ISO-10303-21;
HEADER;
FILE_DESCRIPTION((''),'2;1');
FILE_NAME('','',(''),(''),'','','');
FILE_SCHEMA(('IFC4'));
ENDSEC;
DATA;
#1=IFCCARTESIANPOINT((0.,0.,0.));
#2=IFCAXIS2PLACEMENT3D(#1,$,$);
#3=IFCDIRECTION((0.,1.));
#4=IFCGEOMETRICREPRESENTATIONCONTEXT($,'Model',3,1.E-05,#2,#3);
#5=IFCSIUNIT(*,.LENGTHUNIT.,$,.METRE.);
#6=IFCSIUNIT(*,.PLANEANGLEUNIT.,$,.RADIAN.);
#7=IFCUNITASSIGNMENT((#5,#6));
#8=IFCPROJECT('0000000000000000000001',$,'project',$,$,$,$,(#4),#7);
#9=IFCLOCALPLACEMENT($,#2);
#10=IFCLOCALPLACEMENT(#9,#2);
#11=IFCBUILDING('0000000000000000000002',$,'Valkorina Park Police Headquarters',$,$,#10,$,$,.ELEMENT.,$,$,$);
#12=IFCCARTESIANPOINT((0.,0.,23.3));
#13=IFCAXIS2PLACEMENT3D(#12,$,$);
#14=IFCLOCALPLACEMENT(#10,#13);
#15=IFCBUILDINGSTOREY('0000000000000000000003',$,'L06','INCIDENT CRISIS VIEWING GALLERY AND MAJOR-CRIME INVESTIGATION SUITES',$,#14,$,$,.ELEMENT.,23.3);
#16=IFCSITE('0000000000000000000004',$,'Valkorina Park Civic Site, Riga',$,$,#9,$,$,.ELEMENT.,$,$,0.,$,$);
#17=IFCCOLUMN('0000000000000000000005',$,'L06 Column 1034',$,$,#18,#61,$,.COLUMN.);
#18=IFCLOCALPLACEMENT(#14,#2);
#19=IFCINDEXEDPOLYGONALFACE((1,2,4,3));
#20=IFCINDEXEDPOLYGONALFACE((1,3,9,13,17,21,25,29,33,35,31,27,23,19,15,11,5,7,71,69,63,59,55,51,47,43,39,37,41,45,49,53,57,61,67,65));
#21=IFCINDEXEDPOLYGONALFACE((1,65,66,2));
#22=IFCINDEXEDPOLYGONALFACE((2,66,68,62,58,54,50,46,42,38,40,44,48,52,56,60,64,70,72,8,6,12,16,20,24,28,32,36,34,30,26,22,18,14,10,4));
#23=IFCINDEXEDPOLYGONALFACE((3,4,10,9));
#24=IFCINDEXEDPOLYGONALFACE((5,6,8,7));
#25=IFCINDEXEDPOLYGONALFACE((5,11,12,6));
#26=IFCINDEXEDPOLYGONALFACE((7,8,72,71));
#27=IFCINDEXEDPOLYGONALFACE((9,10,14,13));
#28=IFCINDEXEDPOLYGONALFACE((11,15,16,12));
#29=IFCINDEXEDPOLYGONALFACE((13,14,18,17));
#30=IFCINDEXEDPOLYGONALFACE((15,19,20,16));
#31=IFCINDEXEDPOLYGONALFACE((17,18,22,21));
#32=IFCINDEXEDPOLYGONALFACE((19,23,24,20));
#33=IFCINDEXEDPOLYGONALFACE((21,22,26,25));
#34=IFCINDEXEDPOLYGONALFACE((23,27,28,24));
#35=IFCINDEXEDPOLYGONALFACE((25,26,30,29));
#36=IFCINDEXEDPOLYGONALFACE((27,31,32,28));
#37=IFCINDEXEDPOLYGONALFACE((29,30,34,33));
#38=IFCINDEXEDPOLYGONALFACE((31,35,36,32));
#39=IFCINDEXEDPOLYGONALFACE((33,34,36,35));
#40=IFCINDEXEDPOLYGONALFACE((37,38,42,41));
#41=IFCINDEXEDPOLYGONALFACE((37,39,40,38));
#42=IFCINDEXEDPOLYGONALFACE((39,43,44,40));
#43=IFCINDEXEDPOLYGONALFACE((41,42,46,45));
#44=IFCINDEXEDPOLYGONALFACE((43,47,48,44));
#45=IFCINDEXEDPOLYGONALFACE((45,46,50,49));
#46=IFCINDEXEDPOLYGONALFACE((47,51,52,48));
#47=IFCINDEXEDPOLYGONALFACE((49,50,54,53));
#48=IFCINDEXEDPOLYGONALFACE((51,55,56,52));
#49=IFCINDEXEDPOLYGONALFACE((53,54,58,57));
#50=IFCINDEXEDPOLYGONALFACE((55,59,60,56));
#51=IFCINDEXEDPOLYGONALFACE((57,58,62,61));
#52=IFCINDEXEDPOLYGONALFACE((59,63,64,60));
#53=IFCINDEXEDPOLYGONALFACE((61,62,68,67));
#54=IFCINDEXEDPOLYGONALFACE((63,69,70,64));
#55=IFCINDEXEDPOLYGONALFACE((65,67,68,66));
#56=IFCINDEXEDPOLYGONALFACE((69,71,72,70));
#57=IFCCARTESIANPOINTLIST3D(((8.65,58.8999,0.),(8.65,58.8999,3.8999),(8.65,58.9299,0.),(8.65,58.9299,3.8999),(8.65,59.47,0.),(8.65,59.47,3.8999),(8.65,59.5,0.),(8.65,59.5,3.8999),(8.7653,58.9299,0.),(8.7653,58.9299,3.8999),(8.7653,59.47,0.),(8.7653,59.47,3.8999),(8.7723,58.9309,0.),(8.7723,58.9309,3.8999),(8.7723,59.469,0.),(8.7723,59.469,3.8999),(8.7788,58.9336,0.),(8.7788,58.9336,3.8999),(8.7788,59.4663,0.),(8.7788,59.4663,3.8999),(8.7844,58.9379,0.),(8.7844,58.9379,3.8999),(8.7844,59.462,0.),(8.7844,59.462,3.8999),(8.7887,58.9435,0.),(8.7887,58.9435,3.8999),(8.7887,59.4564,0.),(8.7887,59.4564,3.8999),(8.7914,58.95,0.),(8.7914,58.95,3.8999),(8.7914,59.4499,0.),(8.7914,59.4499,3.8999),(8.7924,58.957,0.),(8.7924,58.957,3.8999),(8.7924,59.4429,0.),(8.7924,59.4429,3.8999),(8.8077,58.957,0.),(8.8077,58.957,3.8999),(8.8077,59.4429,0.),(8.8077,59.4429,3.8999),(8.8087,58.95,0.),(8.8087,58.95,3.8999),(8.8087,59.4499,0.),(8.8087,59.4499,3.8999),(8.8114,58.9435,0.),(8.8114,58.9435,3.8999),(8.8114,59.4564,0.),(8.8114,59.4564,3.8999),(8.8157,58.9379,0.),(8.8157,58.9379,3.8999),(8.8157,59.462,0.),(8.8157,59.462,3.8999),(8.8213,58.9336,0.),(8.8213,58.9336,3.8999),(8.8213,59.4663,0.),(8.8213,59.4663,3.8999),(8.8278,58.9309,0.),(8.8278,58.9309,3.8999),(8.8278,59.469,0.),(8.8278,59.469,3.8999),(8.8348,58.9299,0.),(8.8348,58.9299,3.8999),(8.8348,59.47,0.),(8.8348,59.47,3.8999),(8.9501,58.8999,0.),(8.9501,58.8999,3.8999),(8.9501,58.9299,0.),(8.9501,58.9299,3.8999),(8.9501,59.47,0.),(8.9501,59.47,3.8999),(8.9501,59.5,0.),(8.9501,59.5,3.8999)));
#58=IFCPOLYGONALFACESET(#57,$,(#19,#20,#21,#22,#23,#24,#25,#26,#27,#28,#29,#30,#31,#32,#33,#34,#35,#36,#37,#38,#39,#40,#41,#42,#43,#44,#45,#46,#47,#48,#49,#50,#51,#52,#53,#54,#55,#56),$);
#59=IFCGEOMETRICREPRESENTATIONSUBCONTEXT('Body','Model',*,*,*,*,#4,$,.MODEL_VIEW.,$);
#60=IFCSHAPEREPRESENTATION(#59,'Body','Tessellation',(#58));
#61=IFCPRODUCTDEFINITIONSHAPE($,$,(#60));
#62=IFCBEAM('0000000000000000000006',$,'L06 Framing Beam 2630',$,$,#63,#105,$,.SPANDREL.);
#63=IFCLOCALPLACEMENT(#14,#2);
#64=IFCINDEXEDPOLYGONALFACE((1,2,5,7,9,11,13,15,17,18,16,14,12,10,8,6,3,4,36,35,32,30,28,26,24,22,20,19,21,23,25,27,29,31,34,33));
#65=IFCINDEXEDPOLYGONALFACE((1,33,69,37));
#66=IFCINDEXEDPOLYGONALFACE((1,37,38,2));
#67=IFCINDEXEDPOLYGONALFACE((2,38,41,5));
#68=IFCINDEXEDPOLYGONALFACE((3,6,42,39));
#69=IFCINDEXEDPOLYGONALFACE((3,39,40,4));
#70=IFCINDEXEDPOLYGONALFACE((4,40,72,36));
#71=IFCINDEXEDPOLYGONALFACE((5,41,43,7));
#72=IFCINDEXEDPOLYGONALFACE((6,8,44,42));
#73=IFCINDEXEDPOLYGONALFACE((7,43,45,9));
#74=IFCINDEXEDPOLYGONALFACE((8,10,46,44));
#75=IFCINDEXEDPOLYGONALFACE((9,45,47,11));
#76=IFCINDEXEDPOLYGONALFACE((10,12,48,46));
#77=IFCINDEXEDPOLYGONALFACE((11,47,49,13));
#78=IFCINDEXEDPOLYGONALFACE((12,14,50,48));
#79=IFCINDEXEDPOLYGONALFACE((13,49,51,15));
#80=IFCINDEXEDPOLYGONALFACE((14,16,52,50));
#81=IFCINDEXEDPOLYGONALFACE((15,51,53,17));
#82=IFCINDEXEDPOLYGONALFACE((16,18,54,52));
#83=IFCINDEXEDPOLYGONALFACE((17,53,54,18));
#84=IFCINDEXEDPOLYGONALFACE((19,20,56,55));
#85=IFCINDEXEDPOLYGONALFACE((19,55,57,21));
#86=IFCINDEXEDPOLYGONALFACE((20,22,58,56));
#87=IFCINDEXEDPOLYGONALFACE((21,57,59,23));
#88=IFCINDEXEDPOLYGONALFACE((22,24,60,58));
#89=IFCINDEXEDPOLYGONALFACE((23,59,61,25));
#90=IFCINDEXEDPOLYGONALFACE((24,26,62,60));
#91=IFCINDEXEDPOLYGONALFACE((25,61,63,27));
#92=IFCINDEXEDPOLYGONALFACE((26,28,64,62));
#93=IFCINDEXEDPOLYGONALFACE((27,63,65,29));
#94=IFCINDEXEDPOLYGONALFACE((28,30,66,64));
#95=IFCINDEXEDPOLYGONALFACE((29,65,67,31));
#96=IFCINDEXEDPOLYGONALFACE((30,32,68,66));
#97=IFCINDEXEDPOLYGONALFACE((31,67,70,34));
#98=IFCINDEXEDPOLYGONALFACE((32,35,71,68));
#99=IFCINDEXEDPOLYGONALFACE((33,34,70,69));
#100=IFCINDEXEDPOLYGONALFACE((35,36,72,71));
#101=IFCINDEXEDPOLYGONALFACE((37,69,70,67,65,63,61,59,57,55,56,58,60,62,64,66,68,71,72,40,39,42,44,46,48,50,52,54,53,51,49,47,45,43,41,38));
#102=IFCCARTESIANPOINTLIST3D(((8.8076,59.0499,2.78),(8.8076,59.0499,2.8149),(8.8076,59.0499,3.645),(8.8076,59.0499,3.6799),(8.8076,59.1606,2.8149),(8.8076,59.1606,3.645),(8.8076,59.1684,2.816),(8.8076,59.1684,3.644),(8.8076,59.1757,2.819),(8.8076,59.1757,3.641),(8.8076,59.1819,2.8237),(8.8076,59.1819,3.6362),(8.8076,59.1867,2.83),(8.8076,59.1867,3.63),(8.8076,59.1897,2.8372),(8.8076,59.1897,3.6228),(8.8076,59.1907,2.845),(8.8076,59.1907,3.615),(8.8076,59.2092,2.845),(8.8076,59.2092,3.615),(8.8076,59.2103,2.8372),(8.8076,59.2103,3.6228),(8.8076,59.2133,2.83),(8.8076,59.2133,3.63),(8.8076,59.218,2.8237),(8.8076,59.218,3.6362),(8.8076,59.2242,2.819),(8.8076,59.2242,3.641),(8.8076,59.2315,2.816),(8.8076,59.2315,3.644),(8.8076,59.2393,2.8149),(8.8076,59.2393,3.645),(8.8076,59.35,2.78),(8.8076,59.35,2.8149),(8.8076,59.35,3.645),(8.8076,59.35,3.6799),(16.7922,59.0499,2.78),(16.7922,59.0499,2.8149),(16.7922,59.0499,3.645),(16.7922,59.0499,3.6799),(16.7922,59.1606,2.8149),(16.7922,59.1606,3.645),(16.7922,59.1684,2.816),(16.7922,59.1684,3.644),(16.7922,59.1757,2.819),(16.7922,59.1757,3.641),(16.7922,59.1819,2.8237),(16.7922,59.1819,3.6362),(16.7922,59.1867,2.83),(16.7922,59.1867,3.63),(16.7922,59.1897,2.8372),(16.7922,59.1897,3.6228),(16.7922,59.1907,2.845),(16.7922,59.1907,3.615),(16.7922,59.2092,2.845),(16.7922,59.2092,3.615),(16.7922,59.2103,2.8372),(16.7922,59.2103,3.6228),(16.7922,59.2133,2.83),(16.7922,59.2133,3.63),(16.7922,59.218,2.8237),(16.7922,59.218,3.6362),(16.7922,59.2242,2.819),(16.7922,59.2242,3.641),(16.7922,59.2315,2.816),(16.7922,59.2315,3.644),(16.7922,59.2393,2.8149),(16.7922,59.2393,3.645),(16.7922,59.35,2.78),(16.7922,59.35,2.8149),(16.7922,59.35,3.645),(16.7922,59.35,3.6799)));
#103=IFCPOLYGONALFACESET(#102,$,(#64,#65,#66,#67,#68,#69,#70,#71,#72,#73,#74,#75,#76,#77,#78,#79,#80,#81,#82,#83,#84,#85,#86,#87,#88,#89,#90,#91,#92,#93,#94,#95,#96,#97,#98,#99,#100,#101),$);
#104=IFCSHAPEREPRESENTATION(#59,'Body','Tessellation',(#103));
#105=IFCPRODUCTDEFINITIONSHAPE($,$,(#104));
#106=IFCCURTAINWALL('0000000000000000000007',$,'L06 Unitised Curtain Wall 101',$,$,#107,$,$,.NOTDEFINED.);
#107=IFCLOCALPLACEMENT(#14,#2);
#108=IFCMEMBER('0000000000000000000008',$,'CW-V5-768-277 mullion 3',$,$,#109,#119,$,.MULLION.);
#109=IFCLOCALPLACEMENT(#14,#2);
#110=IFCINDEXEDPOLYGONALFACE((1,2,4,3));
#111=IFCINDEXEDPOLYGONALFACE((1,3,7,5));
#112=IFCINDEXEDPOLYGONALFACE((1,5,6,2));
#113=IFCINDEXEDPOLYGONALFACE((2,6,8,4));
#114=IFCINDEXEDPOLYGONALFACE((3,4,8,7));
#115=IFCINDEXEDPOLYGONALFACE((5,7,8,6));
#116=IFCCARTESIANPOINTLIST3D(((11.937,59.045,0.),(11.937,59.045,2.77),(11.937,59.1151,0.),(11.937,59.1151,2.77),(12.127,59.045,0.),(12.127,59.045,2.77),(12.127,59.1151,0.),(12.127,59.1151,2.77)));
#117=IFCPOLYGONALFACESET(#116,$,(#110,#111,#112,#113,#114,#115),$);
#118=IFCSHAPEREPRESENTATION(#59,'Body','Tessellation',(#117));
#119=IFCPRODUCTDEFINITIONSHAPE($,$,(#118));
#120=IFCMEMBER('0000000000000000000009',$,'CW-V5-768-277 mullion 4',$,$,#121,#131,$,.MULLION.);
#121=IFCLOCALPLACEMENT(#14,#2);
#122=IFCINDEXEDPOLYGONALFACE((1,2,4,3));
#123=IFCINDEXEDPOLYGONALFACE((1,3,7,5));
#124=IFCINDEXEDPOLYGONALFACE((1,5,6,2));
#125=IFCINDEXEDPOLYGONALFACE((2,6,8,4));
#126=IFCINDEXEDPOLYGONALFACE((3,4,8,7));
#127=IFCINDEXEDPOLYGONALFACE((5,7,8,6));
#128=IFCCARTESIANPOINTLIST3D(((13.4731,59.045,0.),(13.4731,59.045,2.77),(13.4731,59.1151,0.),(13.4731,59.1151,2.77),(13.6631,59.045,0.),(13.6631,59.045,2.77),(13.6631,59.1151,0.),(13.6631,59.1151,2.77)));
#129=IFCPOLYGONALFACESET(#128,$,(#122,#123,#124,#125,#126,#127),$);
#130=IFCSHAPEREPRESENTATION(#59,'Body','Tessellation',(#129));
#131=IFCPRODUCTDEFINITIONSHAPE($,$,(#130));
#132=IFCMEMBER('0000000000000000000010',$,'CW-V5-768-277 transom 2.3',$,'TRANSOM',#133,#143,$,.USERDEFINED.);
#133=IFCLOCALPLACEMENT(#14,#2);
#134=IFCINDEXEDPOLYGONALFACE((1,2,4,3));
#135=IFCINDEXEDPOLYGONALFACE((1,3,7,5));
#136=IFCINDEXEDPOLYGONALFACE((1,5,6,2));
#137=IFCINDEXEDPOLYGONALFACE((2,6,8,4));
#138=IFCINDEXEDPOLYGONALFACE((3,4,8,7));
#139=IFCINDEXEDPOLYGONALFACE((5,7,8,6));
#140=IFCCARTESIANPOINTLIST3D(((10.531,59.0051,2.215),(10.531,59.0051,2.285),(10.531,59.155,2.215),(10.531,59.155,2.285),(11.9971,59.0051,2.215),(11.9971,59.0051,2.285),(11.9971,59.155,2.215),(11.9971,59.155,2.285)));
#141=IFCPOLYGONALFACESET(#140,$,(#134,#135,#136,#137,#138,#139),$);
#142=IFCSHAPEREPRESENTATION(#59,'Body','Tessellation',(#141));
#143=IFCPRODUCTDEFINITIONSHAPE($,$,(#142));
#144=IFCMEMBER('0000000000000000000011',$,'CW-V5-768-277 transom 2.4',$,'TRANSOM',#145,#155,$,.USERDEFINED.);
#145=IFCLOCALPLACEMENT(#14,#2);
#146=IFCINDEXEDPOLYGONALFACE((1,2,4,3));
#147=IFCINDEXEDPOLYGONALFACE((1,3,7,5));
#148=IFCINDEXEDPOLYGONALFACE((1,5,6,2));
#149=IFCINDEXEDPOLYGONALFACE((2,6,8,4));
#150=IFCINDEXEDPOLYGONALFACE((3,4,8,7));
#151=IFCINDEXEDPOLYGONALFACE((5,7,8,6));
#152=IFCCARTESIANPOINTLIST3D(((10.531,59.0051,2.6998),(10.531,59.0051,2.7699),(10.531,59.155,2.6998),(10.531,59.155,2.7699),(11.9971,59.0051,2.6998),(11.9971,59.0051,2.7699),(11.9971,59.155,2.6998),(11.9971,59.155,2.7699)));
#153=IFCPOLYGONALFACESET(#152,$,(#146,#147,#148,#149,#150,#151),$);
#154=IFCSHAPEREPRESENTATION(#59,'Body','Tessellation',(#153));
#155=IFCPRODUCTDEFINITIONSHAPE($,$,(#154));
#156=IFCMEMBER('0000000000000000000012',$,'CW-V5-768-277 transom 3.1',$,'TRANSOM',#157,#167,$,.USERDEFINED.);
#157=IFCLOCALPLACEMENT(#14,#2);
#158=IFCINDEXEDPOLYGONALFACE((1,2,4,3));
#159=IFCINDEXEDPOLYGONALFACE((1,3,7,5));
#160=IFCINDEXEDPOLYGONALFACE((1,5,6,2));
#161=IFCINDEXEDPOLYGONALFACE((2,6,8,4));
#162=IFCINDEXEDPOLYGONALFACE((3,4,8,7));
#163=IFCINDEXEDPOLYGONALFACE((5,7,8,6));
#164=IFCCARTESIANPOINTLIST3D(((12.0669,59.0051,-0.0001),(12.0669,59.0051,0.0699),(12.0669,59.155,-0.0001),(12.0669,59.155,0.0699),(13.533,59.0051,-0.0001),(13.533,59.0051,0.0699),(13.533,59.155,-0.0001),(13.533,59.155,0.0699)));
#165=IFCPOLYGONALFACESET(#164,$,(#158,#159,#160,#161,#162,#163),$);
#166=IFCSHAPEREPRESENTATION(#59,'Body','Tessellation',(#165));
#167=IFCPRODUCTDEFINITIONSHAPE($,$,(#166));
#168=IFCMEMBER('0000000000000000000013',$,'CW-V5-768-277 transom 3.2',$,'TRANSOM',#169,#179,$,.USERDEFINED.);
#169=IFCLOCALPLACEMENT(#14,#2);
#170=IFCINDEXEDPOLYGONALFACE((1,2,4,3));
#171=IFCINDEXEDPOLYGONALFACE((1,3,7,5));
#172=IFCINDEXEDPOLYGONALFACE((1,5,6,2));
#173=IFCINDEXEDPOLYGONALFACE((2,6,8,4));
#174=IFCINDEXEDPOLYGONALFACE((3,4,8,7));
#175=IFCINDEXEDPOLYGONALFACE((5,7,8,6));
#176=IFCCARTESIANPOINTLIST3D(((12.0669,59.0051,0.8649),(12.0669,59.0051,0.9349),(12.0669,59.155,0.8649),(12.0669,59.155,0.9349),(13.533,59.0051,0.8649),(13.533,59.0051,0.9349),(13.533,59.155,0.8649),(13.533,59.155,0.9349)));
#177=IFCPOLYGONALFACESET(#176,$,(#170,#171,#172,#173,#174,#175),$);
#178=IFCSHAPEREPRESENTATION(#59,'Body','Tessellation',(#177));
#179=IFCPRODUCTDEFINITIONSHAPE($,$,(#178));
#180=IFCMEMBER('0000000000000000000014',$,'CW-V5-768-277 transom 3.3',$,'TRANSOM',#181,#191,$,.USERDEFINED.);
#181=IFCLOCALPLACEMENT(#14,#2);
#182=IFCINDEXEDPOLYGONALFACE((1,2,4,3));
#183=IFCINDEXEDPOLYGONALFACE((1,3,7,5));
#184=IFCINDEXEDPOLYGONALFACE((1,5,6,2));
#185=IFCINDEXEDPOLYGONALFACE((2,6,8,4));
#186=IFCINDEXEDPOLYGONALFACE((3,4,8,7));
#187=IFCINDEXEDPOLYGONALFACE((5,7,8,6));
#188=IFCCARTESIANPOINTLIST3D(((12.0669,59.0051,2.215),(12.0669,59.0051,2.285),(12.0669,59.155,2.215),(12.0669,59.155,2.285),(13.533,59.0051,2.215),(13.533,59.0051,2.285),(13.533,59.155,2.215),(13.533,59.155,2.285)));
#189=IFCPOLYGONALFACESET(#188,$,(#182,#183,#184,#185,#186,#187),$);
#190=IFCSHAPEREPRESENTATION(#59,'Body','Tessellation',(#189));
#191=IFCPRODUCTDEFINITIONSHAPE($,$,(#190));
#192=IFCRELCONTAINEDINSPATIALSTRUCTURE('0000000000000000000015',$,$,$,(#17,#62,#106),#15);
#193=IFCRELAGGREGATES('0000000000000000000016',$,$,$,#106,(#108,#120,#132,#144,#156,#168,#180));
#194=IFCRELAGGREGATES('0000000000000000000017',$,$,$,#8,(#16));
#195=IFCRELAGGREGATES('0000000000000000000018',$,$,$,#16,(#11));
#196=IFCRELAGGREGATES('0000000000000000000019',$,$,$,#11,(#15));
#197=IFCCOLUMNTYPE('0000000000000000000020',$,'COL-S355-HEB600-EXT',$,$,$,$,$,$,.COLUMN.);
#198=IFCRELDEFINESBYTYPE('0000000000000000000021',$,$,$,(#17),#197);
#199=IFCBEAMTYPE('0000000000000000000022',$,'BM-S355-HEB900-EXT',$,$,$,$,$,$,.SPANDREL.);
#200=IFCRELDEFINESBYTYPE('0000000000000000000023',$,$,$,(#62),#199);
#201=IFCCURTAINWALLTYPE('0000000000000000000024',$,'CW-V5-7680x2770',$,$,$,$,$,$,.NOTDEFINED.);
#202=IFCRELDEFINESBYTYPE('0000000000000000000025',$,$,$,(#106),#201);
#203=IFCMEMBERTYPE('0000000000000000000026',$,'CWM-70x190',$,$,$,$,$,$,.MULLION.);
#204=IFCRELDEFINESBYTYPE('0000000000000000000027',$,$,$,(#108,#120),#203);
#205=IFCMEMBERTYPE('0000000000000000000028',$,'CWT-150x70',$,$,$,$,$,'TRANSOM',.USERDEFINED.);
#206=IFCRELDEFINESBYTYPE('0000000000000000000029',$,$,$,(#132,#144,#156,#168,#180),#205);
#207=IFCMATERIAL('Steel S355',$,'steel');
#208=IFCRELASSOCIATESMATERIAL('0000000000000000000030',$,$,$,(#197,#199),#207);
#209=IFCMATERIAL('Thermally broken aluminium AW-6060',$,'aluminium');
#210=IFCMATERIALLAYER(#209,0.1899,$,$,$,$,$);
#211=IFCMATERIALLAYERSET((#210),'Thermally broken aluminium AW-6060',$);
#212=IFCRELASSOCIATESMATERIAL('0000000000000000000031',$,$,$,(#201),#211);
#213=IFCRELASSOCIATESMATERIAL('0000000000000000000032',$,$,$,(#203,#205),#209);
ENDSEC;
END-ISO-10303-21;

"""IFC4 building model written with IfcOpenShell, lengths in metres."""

from ifc_helpers import new_model, si_unit, direction, frame, origin, origin_2d, place, context, subcontext, project, spatial, rectangle, i_section, extrude, material, layer, layer_set, material_profile, profile_set, type_object, element, aggregate, save


model = new_model("IFC4")

# Units and contexts
model_context = context("Model", 3, precision=1e-05, world=origin(), true_north=direction((0.0, 1.0)))
body_context = subcontext(model_context, "Body", "Model", "MODEL_VIEW")
ifc_project = project(units=[si_unit("LENGTHUNIT", "METRE"), si_unit("PLANEANGLEUNIT", "RADIAN")], contexts=[model_context])

# Site, building, storey
site_placement = place(None, origin())
site = spatial("IfcSite", under=ifc_project, at=site_placement, Name="Valkorina Park Civic Site, Riga", CompositionType="ELEMENT", RefElevation=0.0)
building_placement = place(site_placement, origin())
building = spatial("IfcBuilding", under=site, at=building_placement, Name="Valkorina Park Police Headquarters", CompositionType="ELEMENT")
storey_placement = place(building_placement, frame((0.0, 0.0, 23.3)))
storey = spatial("IfcBuildingStorey", under=building, at=storey_placement, Name="L06", Description="INCIDENT CRISIS VIEWING GALLERY AND MAJOR-CRIME INVESTIGATION SUITES", CompositionType="ELEMENT", Elevation=23.3)

# Column
ifc_material_1 = material(Name="Steel S355", Category="steel")
ifc_material_profile_1 = material_profile(ifc_material_1, i_section(OverallWidth=0.3, OverallDepth=0.6001, WebThickness=0.0154, FlangeThickness=0.03, FilletRadius=0.0271, at=origin_2d()), Name="HEB 600")
ifc_profile_set_1 = profile_set([ifc_material_profile_1], Name="Steel S355")
column_type = type_object("IfcColumnType", Name="COL-S355-HEB600-EXT", PredefinedType="COLUMN", material=ifc_profile_set_1)
column_placement = place(storey_placement, frame((8.8, 59.2, 0.0), z_axis=(0.0, 0.0, 1.0), x_axis=(1.0, 0.0, 0.0)))
element("IfcColumn", 1, at=column_placement, inside=storey, type_object=column_type, Name="L06 Column 1034", PredefinedType="COLUMN", context=body_context, shape_type="SweptSolid", body=[
    extrude(i_section(OverallWidth=0.3, OverallDepth=0.6001, WebThickness=0.0154, FlangeThickness=0.03, FilletRadius=0.0271, at=origin_2d()), origin(), (0.0, 0.0, 1.0), 3.8999),
])

# Beam
ifc_material_profile_2 = material_profile(ifc_material_1, i_section(OverallWidth=0.3, OverallDepth=0.8999, WebThickness=0.0186, FlangeThickness=0.0349, FilletRadius=0.03, at=origin_2d()), Name="HEB 900")
ifc_profile_set_2 = profile_set([ifc_material_profile_2], Name="Steel S355")
beam_type = type_object("IfcBeamType", Name="BM-S355-HEB900-EXT", PredefinedType="SPANDREL", material=ifc_profile_set_2)
beam_placement = place(storey_placement, frame((8.8076, 59.2, 3.23), z_axis=(1.0, 0.0, 0.0), x_axis=(0.0, 1.0, 0.0)))
element("IfcBeam", 2, at=beam_placement, inside=storey, type_object=beam_type, Name="L06 Framing Beam 2630", PredefinedType="SPANDREL", context=body_context, shape_type="SweptSolid", body=[
    extrude(i_section(OverallWidth=0.3, OverallDepth=0.8999, WebThickness=0.0186, FlangeThickness=0.0349, FilletRadius=0.03, at=origin_2d()), origin(), (0.0, 0.0, 1.0), 7.9846),
])

# Curtain wall, members
ifc_material_2 = material(Name="Thermally broken aluminium AW-6060", Category="aluminium")
ifc_layer_1 = layer(ifc_material_2, 0.1899)
ifc_layer_set_1 = layer_set([ifc_layer_1], Name="Thermally broken aluminium AW-6060")
curtain_wall_type = type_object("IfcCurtainWallType", Name="CW-V5-7680x2770", PredefinedType="NOTDEFINED", material=ifc_layer_set_1)
curtain_wall_placement = place(storey_placement, origin())
curtain_wall = element("IfcCurtainWall", 3, at=curtain_wall_placement, inside=storey, type_object=curtain_wall_type, Name="L06 Unitised Curtain Wall 101", PredefinedType="NOTDEFINED")
ifc_material_profile_3 = material_profile(ifc_material_2, rectangle(XDim=0.0701, YDim=0.1899, at=origin_2d()), Name="CWM-02 70x190")
ifc_profile_set_3 = profile_set([ifc_material_profile_3], Name="Thermally broken aluminium AW-6060")
member_type_1 = type_object("IfcMemberType", Name="CWM-70x190", PredefinedType="MULLION", material=ifc_profile_set_3)
member_1_placement = place(storey_placement, frame((12.032, 59.0801, 0.0), z_axis=(0.0, 0.0, 1.0), x_axis=(0.0, 1.0, 0.0)))
member_1 = element("IfcMember", 4, at=member_1_placement, type_object=member_type_1, Name="CW-V5-768-277 mullion 3", PredefinedType="MULLION", context=body_context, shape_type="SweptSolid", body=[
    extrude(rectangle(XDim=0.0701, YDim=0.1899, at=origin_2d()), origin(), (0.0, 0.0, 1.0), 2.77),
])
member_2_placement = place(storey_placement, frame((13.5681, 59.0801, 0.0), z_axis=(0.0, 0.0, 1.0), x_axis=(0.0, 1.0, 0.0)))
member_2 = element("IfcMember", 5, at=member_2_placement, type_object=member_type_1, Name="CW-V5-768-277 mullion 4", PredefinedType="MULLION", context=body_context, shape_type="SweptSolid", body=[
    extrude(rectangle(XDim=0.0701, YDim=0.1899, at=origin_2d()), origin(), (0.0, 0.0, 1.0), 2.77),
])
ifc_material_profile_4 = material_profile(ifc_material_2, rectangle(XDim=0.1499, YDim=0.0701, at=origin_2d()), Name="CWT-02 150x70")
ifc_profile_set_4 = profile_set([ifc_material_profile_4], Name="Thermally broken aluminium AW-6060")
member_type_2 = type_object("IfcMemberType", Name="CWT-150x70", ElementType="TRANSOM", PredefinedType="USERDEFINED", material=ifc_profile_set_4)
member_3_placement = place(storey_placement, frame((10.531, 59.0801, 2.25), z_axis=(1.0, 0.0, 0.0), x_axis=(0.0, 1.0, 0.0)))
member_3 = element("IfcMember", 6, at=member_3_placement, type_object=member_type_2, Name="CW-V5-768-277 transom 2.3", ObjectType="TRANSOM", PredefinedType="USERDEFINED", context=body_context, shape_type="SweptSolid", body=[
    extrude(rectangle(XDim=0.1499, YDim=0.0701, at=origin_2d()), origin(), (0.0, 0.0, 1.0), 1.4661),
])
member_4_placement = place(storey_placement, frame((10.531, 59.0801, 2.7349), z_axis=(1.0, 0.0, 0.0), x_axis=(0.0, 1.0, 0.0)))
member_4 = element("IfcMember", 7, at=member_4_placement, type_object=member_type_2, Name="CW-V5-768-277 transom 2.4", ObjectType="TRANSOM", PredefinedType="USERDEFINED", context=body_context, shape_type="SweptSolid", body=[
    extrude(rectangle(XDim=0.1499, YDim=0.0701, at=origin_2d()), origin(), (0.0, 0.0, 1.0), 1.4661),
])
member_5_placement = place(storey_placement, frame((12.0669, 59.0801, 0.0349), z_axis=(1.0, 0.0, 0.0), x_axis=(0.0, 1.0, 0.0)))
member_5 = element("IfcMember", 8, at=member_5_placement, type_object=member_type_2, Name="CW-V5-768-277 transom 3.1", ObjectType="TRANSOM", PredefinedType="USERDEFINED", context=body_context, shape_type="SweptSolid", body=[
    extrude(rectangle(XDim=0.1499, YDim=0.0701, at=origin_2d()), origin(), (0.0, 0.0, 1.0), 1.4661),
])
member_6_placement = place(storey_placement, frame((12.0669, 59.0801, 0.8999), z_axis=(1.0, 0.0, 0.0), x_axis=(0.0, 1.0, 0.0)))
member_6 = element("IfcMember", 9, at=member_6_placement, type_object=member_type_2, Name="CW-V5-768-277 transom 3.2", ObjectType="TRANSOM", PredefinedType="USERDEFINED", context=body_context, shape_type="SweptSolid", body=[
    extrude(rectangle(XDim=0.1499, YDim=0.0701, at=origin_2d()), origin(), (0.0, 0.0, 1.0), 1.4661),
])
member_7_placement = place(storey_placement, frame((12.0669, 59.0801, 2.25), z_axis=(1.0, 0.0, 0.0), x_axis=(0.0, 1.0, 0.0)))
member_7 = element("IfcMember", 10, at=member_7_placement, type_object=member_type_2, Name="CW-V5-768-277 transom 3.3", ObjectType="TRANSOM", PredefinedType="USERDEFINED", context=body_context, shape_type="SweptSolid", body=[
    extrude(rectangle(XDim=0.1499, YDim=0.0701, at=origin_2d()), origin(), (0.0, 0.0, 1.0), 1.4661),
])
aggregate(curtain_wall, [member_1, member_2, member_3, member_4, member_5, member_6, member_7])

save(model, "model.ifc")
